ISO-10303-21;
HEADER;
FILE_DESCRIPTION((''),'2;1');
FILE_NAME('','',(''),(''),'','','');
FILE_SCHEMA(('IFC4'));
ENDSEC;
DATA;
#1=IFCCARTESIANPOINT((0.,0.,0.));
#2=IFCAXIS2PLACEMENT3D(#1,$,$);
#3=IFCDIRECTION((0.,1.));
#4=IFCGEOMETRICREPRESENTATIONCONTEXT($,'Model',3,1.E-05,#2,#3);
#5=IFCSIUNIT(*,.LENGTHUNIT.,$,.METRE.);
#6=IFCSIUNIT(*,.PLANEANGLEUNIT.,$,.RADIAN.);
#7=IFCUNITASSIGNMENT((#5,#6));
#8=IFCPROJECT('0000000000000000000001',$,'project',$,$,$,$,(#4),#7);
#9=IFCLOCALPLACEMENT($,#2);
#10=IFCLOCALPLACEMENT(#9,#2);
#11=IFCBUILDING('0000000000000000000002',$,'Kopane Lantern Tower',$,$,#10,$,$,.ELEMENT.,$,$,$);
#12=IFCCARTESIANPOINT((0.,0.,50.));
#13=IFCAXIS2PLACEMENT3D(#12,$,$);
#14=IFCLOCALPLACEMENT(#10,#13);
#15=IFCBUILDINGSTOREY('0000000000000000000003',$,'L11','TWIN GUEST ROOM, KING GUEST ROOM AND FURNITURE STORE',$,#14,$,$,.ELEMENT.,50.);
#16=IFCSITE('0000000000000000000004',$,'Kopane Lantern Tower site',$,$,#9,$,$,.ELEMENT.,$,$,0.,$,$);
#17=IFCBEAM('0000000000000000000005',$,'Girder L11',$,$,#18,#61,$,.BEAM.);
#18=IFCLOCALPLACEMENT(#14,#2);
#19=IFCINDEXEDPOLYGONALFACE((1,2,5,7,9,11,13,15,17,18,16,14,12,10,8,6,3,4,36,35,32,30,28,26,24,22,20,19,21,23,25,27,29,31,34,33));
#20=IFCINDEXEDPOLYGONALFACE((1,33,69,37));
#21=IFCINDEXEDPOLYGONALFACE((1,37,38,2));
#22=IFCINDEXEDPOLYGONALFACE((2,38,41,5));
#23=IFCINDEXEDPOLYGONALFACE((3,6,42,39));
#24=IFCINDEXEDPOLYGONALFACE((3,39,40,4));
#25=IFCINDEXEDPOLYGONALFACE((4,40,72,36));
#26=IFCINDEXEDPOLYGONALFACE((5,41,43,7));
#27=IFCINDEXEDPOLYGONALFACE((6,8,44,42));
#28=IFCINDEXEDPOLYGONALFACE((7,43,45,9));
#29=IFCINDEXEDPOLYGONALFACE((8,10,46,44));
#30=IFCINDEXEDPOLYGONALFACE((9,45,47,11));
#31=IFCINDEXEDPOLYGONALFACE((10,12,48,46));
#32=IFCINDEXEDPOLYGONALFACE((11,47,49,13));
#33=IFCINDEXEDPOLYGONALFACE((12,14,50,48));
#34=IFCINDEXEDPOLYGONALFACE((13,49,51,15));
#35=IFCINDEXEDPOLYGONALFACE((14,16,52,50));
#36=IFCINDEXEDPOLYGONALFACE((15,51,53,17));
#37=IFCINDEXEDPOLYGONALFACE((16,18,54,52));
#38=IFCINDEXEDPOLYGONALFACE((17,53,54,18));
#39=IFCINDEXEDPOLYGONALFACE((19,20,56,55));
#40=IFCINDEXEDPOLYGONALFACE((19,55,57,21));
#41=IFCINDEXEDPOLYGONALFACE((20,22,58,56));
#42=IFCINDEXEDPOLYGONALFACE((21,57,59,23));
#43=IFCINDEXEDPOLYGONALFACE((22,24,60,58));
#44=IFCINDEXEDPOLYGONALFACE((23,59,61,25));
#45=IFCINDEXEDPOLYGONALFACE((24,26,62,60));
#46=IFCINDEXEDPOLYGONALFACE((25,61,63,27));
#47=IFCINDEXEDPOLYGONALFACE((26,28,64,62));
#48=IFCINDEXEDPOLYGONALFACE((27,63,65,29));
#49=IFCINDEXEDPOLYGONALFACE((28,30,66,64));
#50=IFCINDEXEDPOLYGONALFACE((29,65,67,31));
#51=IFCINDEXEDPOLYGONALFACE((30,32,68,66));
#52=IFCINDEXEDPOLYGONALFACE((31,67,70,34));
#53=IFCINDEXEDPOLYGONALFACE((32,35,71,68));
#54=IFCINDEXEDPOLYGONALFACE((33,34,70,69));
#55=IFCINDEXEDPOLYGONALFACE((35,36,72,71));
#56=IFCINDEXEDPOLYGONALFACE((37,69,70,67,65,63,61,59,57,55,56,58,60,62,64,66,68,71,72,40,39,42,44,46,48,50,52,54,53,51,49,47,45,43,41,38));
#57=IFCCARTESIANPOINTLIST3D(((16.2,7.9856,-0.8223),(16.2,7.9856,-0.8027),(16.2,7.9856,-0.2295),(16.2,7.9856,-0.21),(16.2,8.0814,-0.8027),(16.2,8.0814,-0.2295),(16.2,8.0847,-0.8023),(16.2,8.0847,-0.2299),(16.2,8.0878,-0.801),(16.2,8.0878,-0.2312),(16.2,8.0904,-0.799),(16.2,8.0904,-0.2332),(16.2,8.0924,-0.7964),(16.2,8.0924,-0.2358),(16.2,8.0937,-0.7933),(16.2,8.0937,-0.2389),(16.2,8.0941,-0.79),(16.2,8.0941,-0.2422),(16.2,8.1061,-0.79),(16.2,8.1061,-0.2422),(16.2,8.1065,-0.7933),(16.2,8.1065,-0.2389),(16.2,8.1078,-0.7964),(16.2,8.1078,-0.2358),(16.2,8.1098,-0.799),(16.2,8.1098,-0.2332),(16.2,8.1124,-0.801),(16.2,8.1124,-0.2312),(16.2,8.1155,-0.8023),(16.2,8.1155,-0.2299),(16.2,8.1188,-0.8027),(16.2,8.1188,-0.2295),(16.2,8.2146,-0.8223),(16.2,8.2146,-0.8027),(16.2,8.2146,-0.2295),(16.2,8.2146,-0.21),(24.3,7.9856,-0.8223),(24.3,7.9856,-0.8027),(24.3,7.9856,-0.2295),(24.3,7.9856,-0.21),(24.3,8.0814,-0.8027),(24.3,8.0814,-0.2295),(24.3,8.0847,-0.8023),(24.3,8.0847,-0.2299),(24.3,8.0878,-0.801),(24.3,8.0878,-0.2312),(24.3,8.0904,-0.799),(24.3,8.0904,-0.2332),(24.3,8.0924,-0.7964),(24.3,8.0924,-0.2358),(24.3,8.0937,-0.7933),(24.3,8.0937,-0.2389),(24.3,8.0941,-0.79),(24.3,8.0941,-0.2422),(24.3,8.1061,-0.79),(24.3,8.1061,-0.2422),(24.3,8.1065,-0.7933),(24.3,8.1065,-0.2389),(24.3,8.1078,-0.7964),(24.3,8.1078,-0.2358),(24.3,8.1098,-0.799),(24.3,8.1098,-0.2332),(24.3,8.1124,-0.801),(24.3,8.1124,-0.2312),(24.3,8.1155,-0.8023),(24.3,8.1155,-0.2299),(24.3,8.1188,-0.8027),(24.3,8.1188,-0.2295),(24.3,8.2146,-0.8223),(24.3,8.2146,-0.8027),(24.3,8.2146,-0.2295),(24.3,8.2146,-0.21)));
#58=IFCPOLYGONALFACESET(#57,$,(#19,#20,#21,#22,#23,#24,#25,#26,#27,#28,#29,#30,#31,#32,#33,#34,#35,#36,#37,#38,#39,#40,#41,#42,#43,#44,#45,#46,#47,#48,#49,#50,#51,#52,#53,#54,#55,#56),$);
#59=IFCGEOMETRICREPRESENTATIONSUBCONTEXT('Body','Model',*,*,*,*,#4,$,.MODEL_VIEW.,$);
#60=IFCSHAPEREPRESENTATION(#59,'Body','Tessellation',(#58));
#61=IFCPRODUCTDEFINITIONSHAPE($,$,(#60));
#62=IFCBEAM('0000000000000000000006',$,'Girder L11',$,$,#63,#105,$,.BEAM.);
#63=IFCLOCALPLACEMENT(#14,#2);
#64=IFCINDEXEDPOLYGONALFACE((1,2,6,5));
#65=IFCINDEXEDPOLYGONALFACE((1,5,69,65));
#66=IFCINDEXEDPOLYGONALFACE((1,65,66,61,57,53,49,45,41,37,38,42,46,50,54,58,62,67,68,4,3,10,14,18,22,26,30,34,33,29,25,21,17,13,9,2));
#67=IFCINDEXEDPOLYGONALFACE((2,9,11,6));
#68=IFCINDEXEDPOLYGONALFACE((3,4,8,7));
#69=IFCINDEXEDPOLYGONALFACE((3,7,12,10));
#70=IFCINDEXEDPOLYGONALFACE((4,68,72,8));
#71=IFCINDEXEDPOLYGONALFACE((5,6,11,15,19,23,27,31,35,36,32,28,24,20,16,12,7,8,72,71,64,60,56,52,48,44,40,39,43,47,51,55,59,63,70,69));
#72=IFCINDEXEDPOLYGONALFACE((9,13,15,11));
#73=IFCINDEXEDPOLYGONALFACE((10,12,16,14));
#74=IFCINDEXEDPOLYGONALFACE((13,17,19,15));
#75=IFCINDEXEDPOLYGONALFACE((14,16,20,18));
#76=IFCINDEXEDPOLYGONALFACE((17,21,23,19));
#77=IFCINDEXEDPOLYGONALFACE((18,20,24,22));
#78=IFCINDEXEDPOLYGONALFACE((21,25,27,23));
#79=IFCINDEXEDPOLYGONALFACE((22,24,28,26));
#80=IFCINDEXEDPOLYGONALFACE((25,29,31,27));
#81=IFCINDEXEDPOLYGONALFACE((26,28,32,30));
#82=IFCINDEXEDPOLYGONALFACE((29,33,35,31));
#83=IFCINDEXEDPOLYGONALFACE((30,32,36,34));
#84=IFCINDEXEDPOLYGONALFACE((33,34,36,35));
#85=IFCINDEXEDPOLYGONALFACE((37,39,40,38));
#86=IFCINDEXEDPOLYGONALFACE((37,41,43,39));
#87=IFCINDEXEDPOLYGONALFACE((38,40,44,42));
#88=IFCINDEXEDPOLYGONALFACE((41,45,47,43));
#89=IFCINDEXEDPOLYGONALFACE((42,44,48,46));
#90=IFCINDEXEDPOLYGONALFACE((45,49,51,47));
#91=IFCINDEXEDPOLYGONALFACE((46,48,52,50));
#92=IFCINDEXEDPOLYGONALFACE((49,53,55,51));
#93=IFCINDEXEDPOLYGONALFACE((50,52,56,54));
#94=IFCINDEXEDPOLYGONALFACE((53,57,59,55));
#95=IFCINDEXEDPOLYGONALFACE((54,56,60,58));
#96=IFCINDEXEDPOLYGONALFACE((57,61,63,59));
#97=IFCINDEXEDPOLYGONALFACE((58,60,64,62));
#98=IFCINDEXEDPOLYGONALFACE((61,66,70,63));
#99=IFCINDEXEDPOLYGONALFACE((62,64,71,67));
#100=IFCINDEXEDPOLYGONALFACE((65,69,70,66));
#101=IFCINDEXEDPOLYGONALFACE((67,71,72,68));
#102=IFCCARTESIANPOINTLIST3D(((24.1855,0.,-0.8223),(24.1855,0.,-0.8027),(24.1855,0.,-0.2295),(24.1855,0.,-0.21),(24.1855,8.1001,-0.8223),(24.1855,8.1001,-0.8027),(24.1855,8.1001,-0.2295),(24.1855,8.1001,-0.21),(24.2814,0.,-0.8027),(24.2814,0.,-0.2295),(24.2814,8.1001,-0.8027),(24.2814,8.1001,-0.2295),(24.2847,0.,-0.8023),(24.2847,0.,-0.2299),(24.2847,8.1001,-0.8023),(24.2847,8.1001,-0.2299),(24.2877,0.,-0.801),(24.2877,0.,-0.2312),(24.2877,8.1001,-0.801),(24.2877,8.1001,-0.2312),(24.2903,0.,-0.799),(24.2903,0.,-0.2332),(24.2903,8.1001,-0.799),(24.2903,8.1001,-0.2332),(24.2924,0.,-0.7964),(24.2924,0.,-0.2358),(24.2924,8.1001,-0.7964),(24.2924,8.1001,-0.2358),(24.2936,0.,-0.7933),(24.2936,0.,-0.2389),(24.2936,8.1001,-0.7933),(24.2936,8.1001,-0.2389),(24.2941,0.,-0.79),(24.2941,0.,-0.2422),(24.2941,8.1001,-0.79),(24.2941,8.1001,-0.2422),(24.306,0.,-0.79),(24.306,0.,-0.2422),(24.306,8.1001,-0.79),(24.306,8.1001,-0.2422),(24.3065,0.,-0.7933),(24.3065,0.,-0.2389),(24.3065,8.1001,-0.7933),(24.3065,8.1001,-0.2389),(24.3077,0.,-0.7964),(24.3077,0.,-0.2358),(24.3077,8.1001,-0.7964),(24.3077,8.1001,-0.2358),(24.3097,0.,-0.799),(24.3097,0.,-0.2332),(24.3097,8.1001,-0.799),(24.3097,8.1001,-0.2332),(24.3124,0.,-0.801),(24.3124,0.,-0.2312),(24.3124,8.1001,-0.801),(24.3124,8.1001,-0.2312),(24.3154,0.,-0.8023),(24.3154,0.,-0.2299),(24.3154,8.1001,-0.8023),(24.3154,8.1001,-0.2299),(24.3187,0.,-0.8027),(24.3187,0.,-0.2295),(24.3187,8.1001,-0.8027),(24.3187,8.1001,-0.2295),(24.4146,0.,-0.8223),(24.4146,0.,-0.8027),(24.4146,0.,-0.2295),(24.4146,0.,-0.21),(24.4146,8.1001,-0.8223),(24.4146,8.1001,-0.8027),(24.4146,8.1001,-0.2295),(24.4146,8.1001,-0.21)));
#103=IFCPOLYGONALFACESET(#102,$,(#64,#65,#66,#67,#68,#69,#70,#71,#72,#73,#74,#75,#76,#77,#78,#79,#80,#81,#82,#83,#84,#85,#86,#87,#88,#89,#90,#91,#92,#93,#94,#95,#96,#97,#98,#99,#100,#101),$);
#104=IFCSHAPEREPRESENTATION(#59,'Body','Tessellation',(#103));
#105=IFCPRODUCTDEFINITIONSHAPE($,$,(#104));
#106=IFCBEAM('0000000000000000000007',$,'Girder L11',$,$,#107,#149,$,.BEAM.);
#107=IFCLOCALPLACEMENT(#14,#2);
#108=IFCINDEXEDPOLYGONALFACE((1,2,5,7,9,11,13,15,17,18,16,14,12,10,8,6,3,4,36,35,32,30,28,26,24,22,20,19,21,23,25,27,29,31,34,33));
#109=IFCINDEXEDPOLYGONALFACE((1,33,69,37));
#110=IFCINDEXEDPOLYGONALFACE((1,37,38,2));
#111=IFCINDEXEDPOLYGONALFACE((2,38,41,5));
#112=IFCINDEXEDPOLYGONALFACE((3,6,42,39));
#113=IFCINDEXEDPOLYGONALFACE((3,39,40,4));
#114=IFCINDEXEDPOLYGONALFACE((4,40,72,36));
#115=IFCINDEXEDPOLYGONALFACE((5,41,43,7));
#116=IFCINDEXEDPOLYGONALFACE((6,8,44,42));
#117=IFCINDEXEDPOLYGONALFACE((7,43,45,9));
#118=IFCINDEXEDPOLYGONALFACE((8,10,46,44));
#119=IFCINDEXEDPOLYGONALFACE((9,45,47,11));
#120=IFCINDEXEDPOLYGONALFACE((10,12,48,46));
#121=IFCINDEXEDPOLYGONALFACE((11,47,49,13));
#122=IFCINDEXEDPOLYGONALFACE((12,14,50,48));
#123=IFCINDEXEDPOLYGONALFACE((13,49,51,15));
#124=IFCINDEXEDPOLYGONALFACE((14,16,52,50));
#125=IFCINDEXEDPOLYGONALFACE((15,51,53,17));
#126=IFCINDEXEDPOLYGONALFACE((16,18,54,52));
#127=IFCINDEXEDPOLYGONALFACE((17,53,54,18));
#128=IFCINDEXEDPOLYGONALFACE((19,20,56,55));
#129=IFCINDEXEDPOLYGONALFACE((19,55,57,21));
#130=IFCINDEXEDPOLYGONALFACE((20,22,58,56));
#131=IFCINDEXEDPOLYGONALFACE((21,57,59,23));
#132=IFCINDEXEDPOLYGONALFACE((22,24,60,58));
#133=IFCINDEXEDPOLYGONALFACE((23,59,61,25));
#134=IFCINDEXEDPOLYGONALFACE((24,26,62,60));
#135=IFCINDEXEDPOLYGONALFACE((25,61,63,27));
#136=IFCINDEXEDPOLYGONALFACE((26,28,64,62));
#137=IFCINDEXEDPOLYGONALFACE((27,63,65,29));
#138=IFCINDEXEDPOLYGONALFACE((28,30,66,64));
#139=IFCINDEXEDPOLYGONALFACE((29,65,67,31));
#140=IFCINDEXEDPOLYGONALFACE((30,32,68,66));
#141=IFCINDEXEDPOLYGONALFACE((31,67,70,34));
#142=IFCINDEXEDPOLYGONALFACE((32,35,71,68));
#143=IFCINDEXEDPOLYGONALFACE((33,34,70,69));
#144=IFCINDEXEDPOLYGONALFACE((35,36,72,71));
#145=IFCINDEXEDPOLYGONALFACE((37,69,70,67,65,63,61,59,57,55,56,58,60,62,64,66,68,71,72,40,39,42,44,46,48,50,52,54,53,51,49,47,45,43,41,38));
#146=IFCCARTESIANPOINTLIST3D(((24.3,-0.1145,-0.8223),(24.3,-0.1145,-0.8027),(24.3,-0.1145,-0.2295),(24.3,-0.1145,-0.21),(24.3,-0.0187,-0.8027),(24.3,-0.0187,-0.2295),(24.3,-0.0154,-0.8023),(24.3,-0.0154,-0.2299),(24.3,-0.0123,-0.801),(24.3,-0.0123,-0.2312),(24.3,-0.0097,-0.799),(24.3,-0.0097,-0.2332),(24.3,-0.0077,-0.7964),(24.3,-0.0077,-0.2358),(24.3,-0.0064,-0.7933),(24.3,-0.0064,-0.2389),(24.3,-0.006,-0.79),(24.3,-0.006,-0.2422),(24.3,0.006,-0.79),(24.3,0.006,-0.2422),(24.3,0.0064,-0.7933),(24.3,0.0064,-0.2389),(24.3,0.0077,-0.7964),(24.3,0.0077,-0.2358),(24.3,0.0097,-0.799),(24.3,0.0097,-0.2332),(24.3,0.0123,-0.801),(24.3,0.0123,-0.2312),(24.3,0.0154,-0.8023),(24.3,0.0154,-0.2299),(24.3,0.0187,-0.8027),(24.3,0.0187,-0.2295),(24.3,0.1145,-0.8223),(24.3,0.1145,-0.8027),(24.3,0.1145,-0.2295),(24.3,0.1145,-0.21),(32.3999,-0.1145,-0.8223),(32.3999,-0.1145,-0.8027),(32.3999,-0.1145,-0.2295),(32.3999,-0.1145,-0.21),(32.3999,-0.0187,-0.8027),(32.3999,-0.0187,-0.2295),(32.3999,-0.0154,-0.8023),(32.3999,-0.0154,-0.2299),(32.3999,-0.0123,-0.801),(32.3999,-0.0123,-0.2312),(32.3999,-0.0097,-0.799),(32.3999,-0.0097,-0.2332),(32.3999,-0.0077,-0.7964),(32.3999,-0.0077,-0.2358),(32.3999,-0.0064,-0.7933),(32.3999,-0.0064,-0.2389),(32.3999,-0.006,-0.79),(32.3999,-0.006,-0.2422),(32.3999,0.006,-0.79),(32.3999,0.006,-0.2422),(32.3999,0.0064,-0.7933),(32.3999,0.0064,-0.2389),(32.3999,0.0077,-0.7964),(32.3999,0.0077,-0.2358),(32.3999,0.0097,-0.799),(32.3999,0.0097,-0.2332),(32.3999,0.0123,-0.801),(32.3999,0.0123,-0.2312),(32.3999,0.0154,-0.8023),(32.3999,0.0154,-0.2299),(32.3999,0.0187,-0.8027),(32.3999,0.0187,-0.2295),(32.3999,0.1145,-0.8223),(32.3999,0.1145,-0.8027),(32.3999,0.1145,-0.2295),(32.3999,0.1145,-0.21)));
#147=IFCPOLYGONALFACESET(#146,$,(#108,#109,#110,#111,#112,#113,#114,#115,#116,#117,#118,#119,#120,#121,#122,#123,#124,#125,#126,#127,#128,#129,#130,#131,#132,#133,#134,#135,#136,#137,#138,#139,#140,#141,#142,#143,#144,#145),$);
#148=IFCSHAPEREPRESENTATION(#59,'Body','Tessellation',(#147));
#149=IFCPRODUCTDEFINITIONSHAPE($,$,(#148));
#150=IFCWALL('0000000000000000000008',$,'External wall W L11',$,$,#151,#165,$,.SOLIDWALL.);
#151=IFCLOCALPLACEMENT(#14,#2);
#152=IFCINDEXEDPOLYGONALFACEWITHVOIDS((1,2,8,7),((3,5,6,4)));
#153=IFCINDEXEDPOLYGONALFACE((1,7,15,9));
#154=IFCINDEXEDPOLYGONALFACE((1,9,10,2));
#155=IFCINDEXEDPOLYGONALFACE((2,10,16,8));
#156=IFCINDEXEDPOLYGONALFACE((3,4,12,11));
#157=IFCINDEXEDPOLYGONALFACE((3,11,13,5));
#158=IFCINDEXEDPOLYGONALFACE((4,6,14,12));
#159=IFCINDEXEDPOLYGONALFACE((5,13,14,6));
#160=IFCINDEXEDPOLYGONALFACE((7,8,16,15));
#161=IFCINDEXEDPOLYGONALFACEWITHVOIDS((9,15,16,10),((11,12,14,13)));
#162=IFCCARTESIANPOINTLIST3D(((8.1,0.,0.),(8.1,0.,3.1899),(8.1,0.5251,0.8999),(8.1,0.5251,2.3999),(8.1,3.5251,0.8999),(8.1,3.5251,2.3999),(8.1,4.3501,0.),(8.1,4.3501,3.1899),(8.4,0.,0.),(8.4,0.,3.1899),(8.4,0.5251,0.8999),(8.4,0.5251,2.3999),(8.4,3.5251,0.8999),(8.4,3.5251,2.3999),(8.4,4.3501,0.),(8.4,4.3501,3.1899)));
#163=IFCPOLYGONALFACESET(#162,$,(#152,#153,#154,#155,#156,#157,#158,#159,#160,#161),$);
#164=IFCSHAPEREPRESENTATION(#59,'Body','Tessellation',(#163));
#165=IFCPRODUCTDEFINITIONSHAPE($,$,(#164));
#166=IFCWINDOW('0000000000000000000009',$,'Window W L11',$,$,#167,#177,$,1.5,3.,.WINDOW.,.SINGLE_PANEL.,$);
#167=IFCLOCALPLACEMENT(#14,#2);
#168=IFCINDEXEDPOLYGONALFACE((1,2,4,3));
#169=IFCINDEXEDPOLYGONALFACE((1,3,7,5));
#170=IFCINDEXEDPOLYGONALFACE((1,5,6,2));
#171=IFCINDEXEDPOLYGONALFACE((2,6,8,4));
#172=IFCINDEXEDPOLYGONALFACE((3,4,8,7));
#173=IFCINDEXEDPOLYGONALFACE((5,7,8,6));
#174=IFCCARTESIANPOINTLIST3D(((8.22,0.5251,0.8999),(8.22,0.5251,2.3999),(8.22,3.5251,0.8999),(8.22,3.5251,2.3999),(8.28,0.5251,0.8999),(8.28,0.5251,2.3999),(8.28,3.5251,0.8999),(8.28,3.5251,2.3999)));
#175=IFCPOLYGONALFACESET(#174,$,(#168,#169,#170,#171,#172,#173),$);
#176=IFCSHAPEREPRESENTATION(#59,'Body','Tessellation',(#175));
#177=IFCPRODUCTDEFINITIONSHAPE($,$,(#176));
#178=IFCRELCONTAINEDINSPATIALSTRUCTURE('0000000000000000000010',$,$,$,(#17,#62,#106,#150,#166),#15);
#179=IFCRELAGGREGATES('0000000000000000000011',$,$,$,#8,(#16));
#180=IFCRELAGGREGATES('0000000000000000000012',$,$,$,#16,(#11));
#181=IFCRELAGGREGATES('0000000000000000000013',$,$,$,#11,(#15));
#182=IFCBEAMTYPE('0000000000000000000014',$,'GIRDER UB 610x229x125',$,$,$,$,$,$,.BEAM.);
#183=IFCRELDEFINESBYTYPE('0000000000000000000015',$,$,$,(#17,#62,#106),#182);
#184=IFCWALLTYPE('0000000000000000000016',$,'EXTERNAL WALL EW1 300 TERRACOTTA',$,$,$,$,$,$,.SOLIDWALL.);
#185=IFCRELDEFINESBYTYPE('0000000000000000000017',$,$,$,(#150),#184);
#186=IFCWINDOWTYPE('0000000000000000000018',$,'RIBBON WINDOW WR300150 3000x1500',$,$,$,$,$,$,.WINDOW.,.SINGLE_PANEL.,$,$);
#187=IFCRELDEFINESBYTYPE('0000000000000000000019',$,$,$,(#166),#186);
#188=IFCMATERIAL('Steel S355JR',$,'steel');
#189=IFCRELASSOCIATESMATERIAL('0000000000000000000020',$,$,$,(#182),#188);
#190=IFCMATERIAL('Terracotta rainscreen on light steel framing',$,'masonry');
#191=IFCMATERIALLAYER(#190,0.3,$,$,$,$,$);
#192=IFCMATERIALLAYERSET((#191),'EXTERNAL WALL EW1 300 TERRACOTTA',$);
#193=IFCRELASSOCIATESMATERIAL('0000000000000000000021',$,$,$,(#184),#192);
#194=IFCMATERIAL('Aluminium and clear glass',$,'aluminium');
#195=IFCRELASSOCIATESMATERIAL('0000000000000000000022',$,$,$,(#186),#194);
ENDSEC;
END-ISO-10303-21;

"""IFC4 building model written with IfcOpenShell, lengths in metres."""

from ifc_helpers import new_model, si_unit, direction, frame, frame_2d, origin, origin_2d, place, context, subcontext, project, spatial, rectangle, i_section, extrude, material, layer, layer_set, material_profile, profile_set, type_object, element, fill, save


model = new_model("IFC4")

# Units and contexts
model_context = context("Model", 3, precision=1e-05, world=origin(), true_north=direction((0.0, 1.0)))
body_context = subcontext(model_context, "Body", "Model", "MODEL_VIEW")
ifc_project = project(units=[si_unit("LENGTHUNIT", "METRE"), si_unit("PLANEANGLEUNIT", "RADIAN")], contexts=[model_context])

# Site, building, storey
site_placement = place(None, origin())
site = spatial("IfcSite", under=ifc_project, at=site_placement, Name="Kopane Lantern Tower site", CompositionType="ELEMENT", RefElevation=0.0)
building_placement = place(site_placement, origin())
building = spatial("IfcBuilding", under=site, at=building_placement, Name="Kopane Lantern Tower", CompositionType="ELEMENT")
storey_placement = place(building_placement, frame((0.0, 0.0, 50.0)))
storey = spatial("IfcBuildingStorey", under=building, at=storey_placement, Name="L11", Description="TWIN GUEST ROOM, KING GUEST ROOM AND FURNITURE STORE", CompositionType="ELEMENT", Elevation=50.0)

# Beams
ifc_material_1 = material(Name="Steel S355JR", Category="steel")
ifc_material_profile_1 = material_profile(ifc_material_1, i_section(OverallWidth=0.229, OverallDepth=0.6123, WebThickness=0.012, FlangeThickness=0.0195, FilletRadius=0.0127, at=origin_2d()), Name="UB 610x229x125")
ifc_profile_set_1 = profile_set([ifc_material_profile_1], Name="Steel S355JR")
beam_type = type_object("IfcBeamType", Name="GIRDER UB 610x229x125", PredefinedType="BEAM", material=ifc_profile_set_1)
for number, where, z_axis, x_axis, name in (
    (1, (16.2, 8.1001, -0.5161), (1.0, 0.0, 0.0), (0.0, 1.0, 0.0), "Girder L11"),
    (2, (24.3, 0.0, -0.5161), (0.0, 1.0, 0.0), (-1.0, 0.0, 0.0), "Girder L11"),
):
    element("IfcBeam", number, at=place(storey_placement, frame(where, z_axis=z_axis, x_axis=x_axis)), inside=storey, type_object=beam_type, Name=name, PredefinedType="BEAM", context=body_context, shape_type="SweptSolid", body=[
        extrude(i_section(OverallWidth=0.229, OverallDepth=0.6123, WebThickness=0.012, FlangeThickness=0.0195, FilletRadius=0.0127, at=origin_2d()), origin(), (0.0, 0.0, 1.0), 8.1001),
    ])
beam_1_placement = place(storey_placement, frame((24.3, 0.0, -0.5161), z_axis=(1.0, 0.0, 0.0), x_axis=(0.0, 1.0, 0.0)))
element("IfcBeam", 3, at=beam_1_placement, inside=storey, type_object=beam_type, Name="Girder L11", PredefinedType="BEAM", context=body_context, shape_type="SweptSolid", body=[
    extrude(i_section(OverallWidth=0.229, OverallDepth=0.6123, WebThickness=0.012, FlangeThickness=0.0195, FilletRadius=0.0127, at=origin_2d()), origin(), (0.0, 0.0, 1.0), 8.0999),
])

# Shared definitions
ifc_material_2 = material(Name="Terracotta rainscreen on light steel framing", Category="masonry")
ifc_layer = layer(ifc_material_2, 0.3)
ifc_layer_set = layer_set([ifc_layer], Name="EXTERNAL WALL EW1 300 TERRACOTTA")
wall_type = type_object("IfcWallType", Name="EXTERNAL WALL EW1 300 TERRACOTTA", PredefinedType="SOLIDWALL", material=ifc_layer_set)

# Wall, opening, window
wall_1_placement = place(storey_placement, frame((8.25, 4.3501, 0.0), z_axis=(0.0, 0.0, 1.0), x_axis=(0.0, -1.0, 0.0)))
wall_1 = element("IfcWall", 4, at=wall_1_placement, inside=storey, type_object=wall_type, Name="External wall W L11", PredefinedType="SOLIDWALL", context=body_context, shape_type="SweptSolid", body=[
    extrude(rectangle(XDim=4.3501, YDim=0.3, at=frame_2d((2.175, 0.0))), origin(), (0.0, 0.0, 1.0), 3.1899),
])
opening_1_placement = place(wall_1_placement, frame((0.825, 0.0, 0.8999)))
opening_1 = element("IfcOpeningElement", 5, at=opening_1_placement, cuts=wall_1, PredefinedType="OPENING", context=body_context, shape_type="SweptSolid", body=[
    extrude(rectangle(XDim=3.0, YDim=1.5, at=frame_2d((1.5, 0.75))), frame((0.0, 0.1599, 0.0), z_axis=(0.0, -1.0, 0.0), x_axis=(1.0, 0.0, 0.0)), (0.0, 0.0, 1.0), 0.3201),
])
ifc_material_3 = material(Name="Aluminium and clear glass", Category="aluminium")
window_type_1 = type_object("IfcWindowType", Name="RIBBON WINDOW WR300150 3000x1500", PartitioningType="SINGLE_PANEL", PredefinedType="WINDOW", material=ifc_material_3)
window_1_placement = place(opening_1_placement, origin())
window_1 = element("IfcWindow", 6, at=window_1_placement, inside=storey, type_object=window_type_1, Name="Window W L11", OverallHeight=1.5, OverallWidth=3.0, PartitioningType="SINGLE_PANEL", PredefinedType="WINDOW", context=body_context, shape_type="SweptSolid", body=[
    extrude(rectangle(XDim=3.0, YDim=1.5, at=frame_2d((1.5, 0.75))), frame((0.0, 0.03, 0.0), z_axis=(0.0, -1.0, 0.0), x_axis=(1.0, 0.0, 0.0)), (0.0, 0.0, 1.0), 0.0601),
])
fill(opening_1, window_1)

save(model, "model.ifc")
